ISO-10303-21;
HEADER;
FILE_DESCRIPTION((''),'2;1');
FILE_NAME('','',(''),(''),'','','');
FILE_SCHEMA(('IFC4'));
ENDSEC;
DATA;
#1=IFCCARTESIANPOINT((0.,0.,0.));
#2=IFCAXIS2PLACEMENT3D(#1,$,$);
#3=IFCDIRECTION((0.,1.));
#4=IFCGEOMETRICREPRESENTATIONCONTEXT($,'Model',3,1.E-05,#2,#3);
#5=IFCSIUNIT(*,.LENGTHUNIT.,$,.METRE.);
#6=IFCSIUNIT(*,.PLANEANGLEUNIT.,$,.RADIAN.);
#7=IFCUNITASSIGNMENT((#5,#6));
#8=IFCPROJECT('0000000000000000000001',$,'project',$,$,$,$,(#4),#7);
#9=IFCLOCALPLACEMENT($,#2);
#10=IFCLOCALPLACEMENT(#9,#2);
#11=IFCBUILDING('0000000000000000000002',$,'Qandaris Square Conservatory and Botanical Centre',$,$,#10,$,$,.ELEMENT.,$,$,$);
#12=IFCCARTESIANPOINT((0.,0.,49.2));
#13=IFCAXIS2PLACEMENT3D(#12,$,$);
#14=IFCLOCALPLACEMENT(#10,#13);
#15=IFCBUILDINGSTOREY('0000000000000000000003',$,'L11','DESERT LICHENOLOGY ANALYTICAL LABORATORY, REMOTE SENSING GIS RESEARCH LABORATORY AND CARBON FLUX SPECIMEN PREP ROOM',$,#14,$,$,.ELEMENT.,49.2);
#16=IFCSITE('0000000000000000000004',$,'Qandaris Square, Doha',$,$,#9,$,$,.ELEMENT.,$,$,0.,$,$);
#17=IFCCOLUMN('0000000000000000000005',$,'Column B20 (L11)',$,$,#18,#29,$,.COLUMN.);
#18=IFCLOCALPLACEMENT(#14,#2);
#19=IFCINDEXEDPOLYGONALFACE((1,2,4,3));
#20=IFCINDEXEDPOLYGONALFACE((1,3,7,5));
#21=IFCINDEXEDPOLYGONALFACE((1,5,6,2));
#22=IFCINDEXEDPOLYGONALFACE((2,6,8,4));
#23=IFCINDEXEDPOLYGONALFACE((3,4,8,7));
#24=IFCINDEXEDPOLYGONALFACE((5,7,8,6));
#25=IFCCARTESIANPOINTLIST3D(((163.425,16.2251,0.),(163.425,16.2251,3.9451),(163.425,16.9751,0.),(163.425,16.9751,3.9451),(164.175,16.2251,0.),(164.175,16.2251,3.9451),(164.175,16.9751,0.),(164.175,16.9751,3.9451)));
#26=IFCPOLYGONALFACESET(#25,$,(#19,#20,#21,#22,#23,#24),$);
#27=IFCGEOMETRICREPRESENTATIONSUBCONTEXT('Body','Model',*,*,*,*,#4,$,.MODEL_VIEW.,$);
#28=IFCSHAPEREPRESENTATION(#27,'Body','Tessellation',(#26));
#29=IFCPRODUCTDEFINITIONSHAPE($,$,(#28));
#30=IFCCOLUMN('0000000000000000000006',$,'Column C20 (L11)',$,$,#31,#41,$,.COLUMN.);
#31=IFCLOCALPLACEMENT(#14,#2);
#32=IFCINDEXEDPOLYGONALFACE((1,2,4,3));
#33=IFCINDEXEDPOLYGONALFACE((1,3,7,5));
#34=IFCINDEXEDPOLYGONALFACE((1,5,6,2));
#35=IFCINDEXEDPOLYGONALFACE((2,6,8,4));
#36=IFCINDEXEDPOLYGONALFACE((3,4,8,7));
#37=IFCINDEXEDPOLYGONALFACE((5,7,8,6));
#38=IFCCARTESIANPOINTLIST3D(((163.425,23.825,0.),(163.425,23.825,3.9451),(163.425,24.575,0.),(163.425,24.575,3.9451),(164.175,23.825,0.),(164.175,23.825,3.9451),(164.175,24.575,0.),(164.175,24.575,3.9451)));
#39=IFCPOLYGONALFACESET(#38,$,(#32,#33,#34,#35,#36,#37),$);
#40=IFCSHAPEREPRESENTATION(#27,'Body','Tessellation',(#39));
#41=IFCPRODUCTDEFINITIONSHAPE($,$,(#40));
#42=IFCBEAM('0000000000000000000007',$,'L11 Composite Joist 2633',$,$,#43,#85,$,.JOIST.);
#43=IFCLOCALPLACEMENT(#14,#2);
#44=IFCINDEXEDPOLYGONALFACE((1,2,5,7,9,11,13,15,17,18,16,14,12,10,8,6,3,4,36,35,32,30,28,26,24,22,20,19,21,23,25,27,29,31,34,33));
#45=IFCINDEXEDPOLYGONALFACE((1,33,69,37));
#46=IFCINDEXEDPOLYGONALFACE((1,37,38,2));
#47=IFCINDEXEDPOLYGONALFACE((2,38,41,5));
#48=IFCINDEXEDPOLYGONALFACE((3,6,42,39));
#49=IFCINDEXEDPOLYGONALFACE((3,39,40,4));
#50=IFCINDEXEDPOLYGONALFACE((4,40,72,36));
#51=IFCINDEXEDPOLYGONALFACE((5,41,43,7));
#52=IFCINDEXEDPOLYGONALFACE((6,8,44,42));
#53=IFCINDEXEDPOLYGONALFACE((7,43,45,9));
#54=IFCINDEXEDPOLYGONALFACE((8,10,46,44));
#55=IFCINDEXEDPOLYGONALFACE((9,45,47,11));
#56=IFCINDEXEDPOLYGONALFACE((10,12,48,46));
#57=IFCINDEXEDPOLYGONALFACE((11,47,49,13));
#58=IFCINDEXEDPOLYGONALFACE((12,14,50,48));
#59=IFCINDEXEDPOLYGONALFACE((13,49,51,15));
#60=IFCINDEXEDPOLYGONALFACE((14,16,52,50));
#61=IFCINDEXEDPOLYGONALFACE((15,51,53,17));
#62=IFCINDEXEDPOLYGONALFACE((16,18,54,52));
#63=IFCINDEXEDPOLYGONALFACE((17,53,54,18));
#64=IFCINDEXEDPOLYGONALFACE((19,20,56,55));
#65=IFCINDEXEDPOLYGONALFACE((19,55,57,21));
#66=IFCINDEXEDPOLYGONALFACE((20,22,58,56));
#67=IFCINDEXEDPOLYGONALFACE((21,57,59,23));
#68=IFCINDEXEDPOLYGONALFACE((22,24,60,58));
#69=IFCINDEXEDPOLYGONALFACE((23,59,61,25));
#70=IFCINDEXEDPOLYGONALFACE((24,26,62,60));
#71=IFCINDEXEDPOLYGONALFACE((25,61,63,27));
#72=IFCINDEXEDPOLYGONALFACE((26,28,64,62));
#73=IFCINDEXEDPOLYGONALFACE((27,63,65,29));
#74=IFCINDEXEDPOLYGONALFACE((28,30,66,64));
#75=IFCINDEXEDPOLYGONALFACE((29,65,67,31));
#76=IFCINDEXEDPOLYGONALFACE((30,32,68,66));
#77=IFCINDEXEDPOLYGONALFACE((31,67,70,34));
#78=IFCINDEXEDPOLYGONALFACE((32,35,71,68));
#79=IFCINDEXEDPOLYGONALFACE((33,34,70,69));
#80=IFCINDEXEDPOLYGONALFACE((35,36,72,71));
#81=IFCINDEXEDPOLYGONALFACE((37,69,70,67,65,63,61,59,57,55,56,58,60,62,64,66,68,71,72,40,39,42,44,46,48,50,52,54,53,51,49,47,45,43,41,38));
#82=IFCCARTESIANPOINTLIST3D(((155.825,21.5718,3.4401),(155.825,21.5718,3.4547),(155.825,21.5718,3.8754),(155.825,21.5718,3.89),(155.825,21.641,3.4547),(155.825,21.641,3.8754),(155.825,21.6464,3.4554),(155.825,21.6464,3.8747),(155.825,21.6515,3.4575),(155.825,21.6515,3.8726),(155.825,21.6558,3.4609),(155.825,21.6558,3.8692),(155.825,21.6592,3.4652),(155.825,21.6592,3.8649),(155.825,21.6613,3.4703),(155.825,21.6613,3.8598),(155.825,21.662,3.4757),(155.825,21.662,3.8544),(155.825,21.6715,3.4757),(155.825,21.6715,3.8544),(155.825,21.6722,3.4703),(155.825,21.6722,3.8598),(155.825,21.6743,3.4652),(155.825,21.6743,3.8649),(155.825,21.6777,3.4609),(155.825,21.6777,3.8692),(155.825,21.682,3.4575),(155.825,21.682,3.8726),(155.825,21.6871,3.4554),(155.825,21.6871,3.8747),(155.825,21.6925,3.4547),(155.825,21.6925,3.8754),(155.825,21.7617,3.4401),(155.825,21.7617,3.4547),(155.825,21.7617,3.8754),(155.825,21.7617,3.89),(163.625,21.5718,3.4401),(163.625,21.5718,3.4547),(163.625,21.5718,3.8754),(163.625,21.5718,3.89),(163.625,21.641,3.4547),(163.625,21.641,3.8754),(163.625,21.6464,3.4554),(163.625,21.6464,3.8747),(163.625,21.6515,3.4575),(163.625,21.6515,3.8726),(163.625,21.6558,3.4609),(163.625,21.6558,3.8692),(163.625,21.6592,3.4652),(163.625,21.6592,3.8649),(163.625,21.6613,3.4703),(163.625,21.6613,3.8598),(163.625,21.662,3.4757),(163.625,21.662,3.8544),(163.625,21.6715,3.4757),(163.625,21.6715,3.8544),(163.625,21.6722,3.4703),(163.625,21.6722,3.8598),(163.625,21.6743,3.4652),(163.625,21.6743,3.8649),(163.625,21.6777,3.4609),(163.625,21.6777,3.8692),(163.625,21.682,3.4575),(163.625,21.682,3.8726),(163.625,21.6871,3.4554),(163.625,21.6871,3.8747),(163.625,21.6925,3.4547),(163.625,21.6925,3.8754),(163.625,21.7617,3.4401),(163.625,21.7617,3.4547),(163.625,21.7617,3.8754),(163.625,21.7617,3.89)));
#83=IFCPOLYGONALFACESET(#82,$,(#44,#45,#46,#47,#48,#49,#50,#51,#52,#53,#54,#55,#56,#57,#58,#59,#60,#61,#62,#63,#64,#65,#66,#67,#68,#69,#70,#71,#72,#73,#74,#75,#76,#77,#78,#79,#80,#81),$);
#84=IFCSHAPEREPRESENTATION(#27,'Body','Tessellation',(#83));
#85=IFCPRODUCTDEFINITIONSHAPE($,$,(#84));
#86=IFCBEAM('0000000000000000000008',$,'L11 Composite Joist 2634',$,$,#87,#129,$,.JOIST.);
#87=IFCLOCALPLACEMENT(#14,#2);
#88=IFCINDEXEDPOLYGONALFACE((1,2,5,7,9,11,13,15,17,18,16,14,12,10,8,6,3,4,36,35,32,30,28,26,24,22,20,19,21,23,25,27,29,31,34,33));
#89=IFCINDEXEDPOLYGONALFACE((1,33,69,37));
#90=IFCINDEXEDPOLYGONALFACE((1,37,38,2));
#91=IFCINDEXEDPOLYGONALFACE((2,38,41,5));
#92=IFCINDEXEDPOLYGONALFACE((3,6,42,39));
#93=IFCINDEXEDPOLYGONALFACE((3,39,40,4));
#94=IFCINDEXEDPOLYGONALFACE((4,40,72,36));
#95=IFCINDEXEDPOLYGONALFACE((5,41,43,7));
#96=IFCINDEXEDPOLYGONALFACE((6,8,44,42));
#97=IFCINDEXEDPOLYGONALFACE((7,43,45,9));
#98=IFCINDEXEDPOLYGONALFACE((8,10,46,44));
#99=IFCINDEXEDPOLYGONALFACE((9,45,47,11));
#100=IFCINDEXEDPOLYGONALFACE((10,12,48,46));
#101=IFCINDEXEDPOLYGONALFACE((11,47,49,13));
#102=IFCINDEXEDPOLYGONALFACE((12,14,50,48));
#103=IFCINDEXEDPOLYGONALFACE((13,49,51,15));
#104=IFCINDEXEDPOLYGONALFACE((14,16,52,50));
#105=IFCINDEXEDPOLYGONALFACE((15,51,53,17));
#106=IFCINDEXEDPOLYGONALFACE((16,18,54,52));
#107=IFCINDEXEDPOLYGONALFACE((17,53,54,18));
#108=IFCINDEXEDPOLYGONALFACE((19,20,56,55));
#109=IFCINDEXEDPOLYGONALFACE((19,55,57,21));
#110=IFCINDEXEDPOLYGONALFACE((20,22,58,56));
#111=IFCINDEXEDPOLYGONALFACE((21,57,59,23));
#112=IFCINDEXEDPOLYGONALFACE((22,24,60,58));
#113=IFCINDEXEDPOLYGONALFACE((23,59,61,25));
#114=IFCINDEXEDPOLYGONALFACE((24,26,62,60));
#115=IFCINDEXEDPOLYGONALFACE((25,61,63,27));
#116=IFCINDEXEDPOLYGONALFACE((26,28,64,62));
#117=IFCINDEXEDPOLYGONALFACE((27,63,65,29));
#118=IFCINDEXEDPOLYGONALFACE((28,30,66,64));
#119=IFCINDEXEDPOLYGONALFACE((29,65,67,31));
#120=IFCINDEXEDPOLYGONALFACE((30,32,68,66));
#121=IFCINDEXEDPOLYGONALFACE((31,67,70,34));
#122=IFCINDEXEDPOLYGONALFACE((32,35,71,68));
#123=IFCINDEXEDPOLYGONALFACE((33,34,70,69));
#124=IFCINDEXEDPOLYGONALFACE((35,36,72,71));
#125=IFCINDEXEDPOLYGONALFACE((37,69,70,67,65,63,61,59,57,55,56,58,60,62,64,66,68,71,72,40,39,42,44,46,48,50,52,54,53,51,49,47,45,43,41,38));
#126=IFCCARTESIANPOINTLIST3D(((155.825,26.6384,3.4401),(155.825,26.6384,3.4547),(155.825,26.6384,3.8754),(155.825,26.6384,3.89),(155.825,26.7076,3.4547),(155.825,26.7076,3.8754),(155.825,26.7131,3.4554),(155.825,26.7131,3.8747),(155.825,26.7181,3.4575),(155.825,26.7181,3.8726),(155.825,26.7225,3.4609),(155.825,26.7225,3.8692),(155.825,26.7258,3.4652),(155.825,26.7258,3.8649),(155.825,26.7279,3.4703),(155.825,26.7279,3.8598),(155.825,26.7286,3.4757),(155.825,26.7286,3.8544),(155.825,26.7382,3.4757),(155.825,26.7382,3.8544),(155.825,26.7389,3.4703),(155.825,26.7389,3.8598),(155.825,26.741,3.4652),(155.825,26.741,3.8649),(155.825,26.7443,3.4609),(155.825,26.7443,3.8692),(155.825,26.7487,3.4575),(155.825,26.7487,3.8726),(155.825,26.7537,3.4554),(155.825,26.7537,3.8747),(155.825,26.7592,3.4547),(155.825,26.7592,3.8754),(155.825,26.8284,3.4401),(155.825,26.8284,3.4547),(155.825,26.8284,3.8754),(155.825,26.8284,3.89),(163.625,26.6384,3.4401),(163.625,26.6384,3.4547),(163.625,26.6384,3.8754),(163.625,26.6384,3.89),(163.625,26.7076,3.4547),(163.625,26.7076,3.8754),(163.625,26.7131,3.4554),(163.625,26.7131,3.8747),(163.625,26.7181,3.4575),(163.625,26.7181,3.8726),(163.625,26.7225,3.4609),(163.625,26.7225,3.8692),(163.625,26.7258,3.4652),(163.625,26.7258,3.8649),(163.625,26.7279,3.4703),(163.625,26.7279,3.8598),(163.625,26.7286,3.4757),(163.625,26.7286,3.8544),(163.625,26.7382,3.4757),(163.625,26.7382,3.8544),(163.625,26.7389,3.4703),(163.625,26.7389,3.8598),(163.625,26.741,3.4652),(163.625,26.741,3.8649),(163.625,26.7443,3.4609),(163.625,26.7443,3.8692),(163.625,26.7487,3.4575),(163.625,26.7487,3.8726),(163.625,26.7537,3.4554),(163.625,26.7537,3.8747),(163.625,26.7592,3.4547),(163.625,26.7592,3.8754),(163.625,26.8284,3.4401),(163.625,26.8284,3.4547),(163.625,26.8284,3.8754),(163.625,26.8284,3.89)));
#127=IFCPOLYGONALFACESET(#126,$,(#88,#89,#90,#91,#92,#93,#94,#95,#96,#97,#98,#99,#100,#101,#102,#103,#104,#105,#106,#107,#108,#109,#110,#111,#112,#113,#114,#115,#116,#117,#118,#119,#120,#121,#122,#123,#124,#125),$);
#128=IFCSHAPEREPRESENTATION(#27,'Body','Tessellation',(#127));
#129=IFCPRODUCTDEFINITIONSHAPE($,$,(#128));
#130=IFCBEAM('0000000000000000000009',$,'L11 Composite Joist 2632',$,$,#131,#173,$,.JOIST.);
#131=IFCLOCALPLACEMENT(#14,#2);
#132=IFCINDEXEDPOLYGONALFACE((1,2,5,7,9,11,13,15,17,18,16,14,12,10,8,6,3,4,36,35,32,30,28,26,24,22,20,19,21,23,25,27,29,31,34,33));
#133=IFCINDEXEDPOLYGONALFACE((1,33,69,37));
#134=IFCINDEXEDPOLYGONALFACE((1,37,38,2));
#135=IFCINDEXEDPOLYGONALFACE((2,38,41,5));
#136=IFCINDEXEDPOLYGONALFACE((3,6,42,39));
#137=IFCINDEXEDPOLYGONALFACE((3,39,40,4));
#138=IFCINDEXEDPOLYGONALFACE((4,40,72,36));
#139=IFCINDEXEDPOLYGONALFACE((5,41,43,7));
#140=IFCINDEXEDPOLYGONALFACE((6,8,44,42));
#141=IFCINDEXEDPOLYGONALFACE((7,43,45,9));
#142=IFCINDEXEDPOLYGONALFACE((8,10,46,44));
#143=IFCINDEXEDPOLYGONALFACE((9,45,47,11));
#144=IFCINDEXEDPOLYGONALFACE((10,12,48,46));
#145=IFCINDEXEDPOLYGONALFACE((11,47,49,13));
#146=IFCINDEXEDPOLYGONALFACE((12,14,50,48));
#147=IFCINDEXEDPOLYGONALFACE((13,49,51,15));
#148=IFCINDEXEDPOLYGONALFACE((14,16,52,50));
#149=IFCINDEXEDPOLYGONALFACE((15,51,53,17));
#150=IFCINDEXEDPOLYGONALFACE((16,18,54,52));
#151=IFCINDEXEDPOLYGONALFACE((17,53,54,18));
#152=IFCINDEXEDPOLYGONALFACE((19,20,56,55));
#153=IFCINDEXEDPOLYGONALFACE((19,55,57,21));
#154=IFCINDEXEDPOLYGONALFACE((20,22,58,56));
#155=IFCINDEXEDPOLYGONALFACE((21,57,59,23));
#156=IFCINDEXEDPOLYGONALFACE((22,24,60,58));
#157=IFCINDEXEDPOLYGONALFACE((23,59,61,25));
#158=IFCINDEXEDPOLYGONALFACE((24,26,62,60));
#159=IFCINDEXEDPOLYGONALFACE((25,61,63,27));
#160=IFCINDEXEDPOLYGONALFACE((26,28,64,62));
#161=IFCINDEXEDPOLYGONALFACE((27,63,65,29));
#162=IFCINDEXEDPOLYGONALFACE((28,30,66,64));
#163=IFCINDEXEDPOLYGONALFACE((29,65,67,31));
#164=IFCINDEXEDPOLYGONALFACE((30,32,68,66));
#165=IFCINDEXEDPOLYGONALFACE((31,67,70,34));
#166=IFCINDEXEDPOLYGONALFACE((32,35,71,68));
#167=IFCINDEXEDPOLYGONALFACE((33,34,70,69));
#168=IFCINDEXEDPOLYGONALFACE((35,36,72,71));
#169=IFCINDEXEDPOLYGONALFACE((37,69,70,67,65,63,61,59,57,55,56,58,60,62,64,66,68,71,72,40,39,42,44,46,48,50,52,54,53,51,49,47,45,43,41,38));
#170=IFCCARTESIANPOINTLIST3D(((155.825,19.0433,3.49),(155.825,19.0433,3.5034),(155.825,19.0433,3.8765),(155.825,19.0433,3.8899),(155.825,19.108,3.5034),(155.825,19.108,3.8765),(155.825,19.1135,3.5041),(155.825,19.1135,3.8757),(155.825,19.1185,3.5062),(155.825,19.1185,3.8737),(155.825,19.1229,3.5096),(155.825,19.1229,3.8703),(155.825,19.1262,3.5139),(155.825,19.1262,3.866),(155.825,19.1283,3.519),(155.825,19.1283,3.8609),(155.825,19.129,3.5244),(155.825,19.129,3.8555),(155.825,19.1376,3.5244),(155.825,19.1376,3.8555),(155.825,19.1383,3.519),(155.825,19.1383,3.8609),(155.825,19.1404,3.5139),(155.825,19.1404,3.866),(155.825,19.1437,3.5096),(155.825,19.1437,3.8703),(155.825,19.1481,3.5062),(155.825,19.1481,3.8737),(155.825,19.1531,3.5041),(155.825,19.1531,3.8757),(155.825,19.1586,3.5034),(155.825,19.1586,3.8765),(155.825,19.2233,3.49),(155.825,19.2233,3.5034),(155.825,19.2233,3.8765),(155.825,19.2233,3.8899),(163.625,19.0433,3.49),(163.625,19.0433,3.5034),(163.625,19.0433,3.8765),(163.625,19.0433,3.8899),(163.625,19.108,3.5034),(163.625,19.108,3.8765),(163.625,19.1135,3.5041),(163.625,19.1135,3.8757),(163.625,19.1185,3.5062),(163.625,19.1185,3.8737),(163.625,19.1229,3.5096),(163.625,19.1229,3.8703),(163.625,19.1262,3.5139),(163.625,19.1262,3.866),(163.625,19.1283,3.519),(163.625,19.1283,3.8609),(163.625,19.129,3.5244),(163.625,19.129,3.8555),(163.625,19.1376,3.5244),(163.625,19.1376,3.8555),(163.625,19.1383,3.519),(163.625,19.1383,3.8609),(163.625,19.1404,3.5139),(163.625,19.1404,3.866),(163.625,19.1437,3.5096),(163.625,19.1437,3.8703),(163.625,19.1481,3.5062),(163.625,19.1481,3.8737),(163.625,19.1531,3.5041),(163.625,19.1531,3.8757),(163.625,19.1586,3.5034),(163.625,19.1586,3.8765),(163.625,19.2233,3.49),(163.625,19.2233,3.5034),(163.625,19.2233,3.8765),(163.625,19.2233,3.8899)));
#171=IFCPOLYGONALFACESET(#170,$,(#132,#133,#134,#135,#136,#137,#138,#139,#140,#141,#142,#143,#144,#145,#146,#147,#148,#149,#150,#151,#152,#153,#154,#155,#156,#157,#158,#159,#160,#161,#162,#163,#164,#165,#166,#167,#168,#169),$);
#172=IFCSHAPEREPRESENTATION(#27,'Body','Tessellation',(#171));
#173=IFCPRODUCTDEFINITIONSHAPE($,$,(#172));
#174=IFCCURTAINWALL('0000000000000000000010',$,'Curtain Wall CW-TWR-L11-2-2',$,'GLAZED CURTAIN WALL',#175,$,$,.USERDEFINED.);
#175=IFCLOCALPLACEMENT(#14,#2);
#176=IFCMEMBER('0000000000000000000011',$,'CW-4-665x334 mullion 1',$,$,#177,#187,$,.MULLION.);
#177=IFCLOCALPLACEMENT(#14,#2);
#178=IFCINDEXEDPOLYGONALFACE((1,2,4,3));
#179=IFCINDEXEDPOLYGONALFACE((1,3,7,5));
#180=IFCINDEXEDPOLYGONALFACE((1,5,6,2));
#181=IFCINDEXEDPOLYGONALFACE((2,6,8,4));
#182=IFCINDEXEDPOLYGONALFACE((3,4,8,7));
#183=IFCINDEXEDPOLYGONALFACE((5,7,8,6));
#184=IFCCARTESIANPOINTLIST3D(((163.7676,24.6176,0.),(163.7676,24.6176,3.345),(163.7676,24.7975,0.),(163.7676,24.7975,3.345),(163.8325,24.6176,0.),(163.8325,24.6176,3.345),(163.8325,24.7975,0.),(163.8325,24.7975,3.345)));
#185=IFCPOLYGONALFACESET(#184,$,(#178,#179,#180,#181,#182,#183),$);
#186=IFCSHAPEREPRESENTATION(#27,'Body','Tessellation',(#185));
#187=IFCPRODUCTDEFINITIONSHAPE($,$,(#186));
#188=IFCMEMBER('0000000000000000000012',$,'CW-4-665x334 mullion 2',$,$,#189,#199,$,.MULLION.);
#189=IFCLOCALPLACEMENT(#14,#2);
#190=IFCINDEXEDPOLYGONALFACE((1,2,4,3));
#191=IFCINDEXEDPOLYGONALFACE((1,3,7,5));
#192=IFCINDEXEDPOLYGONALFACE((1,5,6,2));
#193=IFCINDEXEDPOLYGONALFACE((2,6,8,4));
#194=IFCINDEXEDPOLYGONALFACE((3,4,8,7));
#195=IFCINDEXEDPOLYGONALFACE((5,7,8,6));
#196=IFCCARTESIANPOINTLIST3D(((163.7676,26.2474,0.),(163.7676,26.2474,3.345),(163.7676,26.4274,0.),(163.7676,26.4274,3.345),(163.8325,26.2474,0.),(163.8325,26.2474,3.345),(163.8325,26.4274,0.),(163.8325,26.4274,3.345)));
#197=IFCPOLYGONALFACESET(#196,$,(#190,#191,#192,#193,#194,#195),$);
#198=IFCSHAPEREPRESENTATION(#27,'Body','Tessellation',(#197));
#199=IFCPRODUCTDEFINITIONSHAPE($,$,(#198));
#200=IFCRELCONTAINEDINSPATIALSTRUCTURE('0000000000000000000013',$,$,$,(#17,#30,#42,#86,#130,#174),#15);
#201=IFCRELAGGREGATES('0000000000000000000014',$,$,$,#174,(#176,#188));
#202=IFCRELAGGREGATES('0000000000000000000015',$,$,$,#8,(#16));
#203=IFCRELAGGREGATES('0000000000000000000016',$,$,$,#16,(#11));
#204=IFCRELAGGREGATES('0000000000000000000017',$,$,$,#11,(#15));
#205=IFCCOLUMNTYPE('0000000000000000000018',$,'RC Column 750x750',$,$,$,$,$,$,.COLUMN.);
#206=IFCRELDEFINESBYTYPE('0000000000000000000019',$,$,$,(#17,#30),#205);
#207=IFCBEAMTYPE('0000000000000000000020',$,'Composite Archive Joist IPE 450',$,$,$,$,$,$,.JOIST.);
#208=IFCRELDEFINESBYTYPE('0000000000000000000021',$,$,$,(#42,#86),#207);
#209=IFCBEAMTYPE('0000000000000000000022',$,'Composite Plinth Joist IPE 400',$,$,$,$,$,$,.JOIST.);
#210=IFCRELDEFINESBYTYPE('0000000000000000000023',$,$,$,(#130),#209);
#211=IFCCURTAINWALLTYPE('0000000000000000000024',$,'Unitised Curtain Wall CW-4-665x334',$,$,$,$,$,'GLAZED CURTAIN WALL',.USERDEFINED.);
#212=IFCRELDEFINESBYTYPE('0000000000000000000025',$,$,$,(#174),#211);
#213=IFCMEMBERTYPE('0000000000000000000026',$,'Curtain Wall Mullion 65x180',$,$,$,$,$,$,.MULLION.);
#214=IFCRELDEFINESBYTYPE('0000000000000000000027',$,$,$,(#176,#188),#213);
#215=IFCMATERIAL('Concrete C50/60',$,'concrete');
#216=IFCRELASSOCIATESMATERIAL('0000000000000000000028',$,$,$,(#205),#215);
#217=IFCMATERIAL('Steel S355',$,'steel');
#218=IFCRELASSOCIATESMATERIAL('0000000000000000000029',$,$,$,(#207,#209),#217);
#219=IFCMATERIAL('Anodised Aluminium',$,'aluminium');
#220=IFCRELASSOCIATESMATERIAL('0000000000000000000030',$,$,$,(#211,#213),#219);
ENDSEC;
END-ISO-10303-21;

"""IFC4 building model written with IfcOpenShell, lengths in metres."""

from ifc_helpers import new_model, si_unit, direction, frame, origin, origin_2d, place, context, subcontext, project, spatial, rectangle, i_section, extrude, material, material_profile, profile_set, type_object, element, aggregate, save


model = new_model("IFC4")

# Units and contexts
model_context = context("Model", 3, precision=1e-05, world=origin(), true_north=direction((0.0, 1.0)))
body_context = subcontext(model_context, "Body", "Model", "MODEL_VIEW")
ifc_project = project(units=[si_unit("LENGTHUNIT", "METRE"), si_unit("PLANEANGLEUNIT", "RADIAN")], contexts=[model_context])

# Site, building, storey
site_placement = place(None, origin())
site = spatial("IfcSite", under=ifc_project, at=site_placement, Name="Qandaris Square, Doha", CompositionType="ELEMENT", RefElevation=0.0)
building_placement = place(site_placement, origin())
building = spatial("IfcBuilding", under=site, at=building_placement, Name="Qandaris Square Conservatory and Botanical Centre", CompositionType="ELEMENT")
storey_placement = place(building_placement, frame((0.0, 0.0, 49.2)))
storey = spatial("IfcBuildingStorey", under=building, at=storey_placement, Name="L11", Description="DESERT LICHENOLOGY ANALYTICAL LABORATORY, REMOTE SENSING GIS RESEARCH LABORATORY AND CARBON FLUX SPECIMEN PREP ROOM", CompositionType="ELEMENT", Elevation=49.2)

# Columns
ifc_material_1 = material(Name="Concrete C50/60", Category="concrete")
ifc_material_profile_1 = material_profile(ifc_material_1, rectangle(XDim=0.75, YDim=0.75, at=origin_2d()), Name="RC-COL 750x750")
ifc_profile_set_1 = profile_set([ifc_material_profile_1], Name="Concrete C50/60")
column_type = type_object("IfcColumnType", Name="RC Column 750x750", PredefinedType="COLUMN", material=ifc_profile_set_1)
for number, where, z_axis, x_axis, name in (
    (1, (163.8, 16.6001, 0.0), (0.0, 0.0, 1.0), (1.0, 0.0, 0.0), "Column B20 (L11)"),
    (2, (163.8, 24.2, 0.0), (0.0, 0.0, 1.0), (1.0, 0.0, 0.0), "Column C20 (L11)"),
):
    element("IfcColumn", number, at=place(storey_placement, frame(where, z_axis=z_axis, x_axis=x_axis)), inside=storey, type_object=column_type, Name=name, PredefinedType="COLUMN", context=body_context, shape_type="SweptSolid", body=[
        extrude(rectangle(XDim=0.75, YDim=0.75, at=origin_2d()), origin(), (0.0, 0.0, 1.0), 3.9451),
    ])

# Beams
ifc_material_2 = material(Name="Steel S355", Category="steel")
ifc_material_profile_2 = material_profile(ifc_material_2, i_section(OverallWidth=0.1899, OverallDepth=0.45, WebThickness=0.0095, FlangeThickness=0.0146, FilletRadius=0.021, at=origin_2d()), Name="IPE 450")
ifc_profile_set_2 = profile_set([ifc_material_profile_2], Name="Steel S355")
beam_type_1 = type_object("IfcBeamType", Name="Composite Archive Joist IPE 450", PredefinedType="JOIST", material=ifc_profile_set_2)
for number, where, z_axis, x_axis, name in (
    (3, (155.825, 21.6667, 3.665), (1.0, 0.0, 0.0), (0.0, 1.0, 0.0), "L11 Composite Joist 2633"),
    (4, (155.825, 26.7334, 3.665), (1.0, 0.0, 0.0), (0.0, 1.0, 0.0), "L11 Composite Joist 2634"),
):
    element("IfcBeam", number, at=place(storey_placement, frame(where, z_axis=z_axis, x_axis=x_axis)), inside=storey, type_object=beam_type_1, Name=name, PredefinedType="JOIST", context=body_context, shape_type="SweptSolid", body=[
        extrude(i_section(OverallWidth=0.1899, OverallDepth=0.45, WebThickness=0.0095, FlangeThickness=0.0146, FilletRadius=0.021, at=origin_2d()), origin(), (0.0, 0.0, 1.0), 7.8),
    ])
ifc_material_profile_3 = material_profile(ifc_material_2, i_section(OverallWidth=0.1799, OverallDepth=0.3999, WebThickness=0.0085, FlangeThickness=0.0134, FilletRadius=0.021, at=origin_2d()), Name="IPE 400")
ifc_profile_set_3 = profile_set([ifc_material_profile_3], Name="Steel S355")
beam_type_2 = type_object("IfcBeamType", Name="Composite Plinth Joist IPE 400", PredefinedType="JOIST", material=ifc_profile_set_3)
beam_1_placement = place(storey_placement, frame((155.825, 19.1333, 3.6899), z_axis=(1.0, 0.0, 0.0), x_axis=(0.0, 1.0, 0.0)))
element("IfcBeam", 5, at=beam_1_placement, inside=storey, type_object=beam_type_2, Name="L11 Composite Joist 2632", PredefinedType="JOIST", context=body_context, shape_type="SweptSolid", body=[
    extrude(i_section(OverallWidth=0.1799, OverallDepth=0.3999, WebThickness=0.0085, FlangeThickness=0.0134, FilletRadius=0.021, at=origin_2d()), origin(), (0.0, 0.0, 1.0), 7.8),
])

# Curtain wall, members
ifc_material_3 = material(Name="Anodised Aluminium", Category="aluminium")
curtain_wall_type = type_object("IfcCurtainWallType", Name="Unitised Curtain Wall CW-4-665x334", ElementType="GLAZED CURTAIN WALL", PredefinedType="USERDEFINED", material=ifc_material_3)
curtain_wall_placement = place(storey_placement, origin())
curtain_wall = element("IfcCurtainWall", 6, at=curtain_wall_placement, inside=storey, type_object=curtain_wall_type, Name="Curtain Wall CW-TWR-L11-2-2", ObjectType="GLAZED CURTAIN WALL", PredefinedType="USERDEFINED")
ifc_material_profile_4 = material_profile(ifc_material_3, rectangle(XDim=0.0649, YDim=0.1799, at=origin_2d()), Name="ALU-MUL 65x180")
ifc_profile_set_4 = profile_set([ifc_material_profile_4], Name="Anodised Aluminium")
member_type_1 = type_object("IfcMemberType", Name="Curtain Wall Mullion 65x180", PredefinedType="MULLION", material=ifc_profile_set_4)
member_1_placement = place(storey_placement, frame((163.8, 24.7075, 0.0), z_axis=(0.0, 0.0, 1.0), x_axis=(-1.0, 0.0, 0.0)))
member_1 = element("IfcMember", 7, at=member_1_placement, type_object=member_type_1, Name="CW-4-665x334 mullion 1", PredefinedType="MULLION", context=body_context, shape_type="SweptSolid", body=[
    extrude(rectangle(XDim=0.0649, YDim=0.1799, at=origin_2d()), origin(), (0.0, 0.0, 1.0), 3.345),
])
member_2_placement = place(storey_placement, frame((163.8, 26.3374, 0.0), z_axis=(0.0, 0.0, 1.0), x_axis=(-1.0, 0.0, 0.0)))
member_2 = element("IfcMember", 8, at=member_2_placement, type_object=member_type_1, Name="CW-4-665x334 mullion 2", PredefinedType="MULLION", context=body_context, shape_type="SweptSolid", body=[
    extrude(rectangle(XDim=0.0649, YDim=0.1799, at=origin_2d()), origin(), (0.0, 0.0, 1.0), 3.345),
])

aggregate(curtain_wall, [member_1, member_2])

save(model, "model.ifc")
